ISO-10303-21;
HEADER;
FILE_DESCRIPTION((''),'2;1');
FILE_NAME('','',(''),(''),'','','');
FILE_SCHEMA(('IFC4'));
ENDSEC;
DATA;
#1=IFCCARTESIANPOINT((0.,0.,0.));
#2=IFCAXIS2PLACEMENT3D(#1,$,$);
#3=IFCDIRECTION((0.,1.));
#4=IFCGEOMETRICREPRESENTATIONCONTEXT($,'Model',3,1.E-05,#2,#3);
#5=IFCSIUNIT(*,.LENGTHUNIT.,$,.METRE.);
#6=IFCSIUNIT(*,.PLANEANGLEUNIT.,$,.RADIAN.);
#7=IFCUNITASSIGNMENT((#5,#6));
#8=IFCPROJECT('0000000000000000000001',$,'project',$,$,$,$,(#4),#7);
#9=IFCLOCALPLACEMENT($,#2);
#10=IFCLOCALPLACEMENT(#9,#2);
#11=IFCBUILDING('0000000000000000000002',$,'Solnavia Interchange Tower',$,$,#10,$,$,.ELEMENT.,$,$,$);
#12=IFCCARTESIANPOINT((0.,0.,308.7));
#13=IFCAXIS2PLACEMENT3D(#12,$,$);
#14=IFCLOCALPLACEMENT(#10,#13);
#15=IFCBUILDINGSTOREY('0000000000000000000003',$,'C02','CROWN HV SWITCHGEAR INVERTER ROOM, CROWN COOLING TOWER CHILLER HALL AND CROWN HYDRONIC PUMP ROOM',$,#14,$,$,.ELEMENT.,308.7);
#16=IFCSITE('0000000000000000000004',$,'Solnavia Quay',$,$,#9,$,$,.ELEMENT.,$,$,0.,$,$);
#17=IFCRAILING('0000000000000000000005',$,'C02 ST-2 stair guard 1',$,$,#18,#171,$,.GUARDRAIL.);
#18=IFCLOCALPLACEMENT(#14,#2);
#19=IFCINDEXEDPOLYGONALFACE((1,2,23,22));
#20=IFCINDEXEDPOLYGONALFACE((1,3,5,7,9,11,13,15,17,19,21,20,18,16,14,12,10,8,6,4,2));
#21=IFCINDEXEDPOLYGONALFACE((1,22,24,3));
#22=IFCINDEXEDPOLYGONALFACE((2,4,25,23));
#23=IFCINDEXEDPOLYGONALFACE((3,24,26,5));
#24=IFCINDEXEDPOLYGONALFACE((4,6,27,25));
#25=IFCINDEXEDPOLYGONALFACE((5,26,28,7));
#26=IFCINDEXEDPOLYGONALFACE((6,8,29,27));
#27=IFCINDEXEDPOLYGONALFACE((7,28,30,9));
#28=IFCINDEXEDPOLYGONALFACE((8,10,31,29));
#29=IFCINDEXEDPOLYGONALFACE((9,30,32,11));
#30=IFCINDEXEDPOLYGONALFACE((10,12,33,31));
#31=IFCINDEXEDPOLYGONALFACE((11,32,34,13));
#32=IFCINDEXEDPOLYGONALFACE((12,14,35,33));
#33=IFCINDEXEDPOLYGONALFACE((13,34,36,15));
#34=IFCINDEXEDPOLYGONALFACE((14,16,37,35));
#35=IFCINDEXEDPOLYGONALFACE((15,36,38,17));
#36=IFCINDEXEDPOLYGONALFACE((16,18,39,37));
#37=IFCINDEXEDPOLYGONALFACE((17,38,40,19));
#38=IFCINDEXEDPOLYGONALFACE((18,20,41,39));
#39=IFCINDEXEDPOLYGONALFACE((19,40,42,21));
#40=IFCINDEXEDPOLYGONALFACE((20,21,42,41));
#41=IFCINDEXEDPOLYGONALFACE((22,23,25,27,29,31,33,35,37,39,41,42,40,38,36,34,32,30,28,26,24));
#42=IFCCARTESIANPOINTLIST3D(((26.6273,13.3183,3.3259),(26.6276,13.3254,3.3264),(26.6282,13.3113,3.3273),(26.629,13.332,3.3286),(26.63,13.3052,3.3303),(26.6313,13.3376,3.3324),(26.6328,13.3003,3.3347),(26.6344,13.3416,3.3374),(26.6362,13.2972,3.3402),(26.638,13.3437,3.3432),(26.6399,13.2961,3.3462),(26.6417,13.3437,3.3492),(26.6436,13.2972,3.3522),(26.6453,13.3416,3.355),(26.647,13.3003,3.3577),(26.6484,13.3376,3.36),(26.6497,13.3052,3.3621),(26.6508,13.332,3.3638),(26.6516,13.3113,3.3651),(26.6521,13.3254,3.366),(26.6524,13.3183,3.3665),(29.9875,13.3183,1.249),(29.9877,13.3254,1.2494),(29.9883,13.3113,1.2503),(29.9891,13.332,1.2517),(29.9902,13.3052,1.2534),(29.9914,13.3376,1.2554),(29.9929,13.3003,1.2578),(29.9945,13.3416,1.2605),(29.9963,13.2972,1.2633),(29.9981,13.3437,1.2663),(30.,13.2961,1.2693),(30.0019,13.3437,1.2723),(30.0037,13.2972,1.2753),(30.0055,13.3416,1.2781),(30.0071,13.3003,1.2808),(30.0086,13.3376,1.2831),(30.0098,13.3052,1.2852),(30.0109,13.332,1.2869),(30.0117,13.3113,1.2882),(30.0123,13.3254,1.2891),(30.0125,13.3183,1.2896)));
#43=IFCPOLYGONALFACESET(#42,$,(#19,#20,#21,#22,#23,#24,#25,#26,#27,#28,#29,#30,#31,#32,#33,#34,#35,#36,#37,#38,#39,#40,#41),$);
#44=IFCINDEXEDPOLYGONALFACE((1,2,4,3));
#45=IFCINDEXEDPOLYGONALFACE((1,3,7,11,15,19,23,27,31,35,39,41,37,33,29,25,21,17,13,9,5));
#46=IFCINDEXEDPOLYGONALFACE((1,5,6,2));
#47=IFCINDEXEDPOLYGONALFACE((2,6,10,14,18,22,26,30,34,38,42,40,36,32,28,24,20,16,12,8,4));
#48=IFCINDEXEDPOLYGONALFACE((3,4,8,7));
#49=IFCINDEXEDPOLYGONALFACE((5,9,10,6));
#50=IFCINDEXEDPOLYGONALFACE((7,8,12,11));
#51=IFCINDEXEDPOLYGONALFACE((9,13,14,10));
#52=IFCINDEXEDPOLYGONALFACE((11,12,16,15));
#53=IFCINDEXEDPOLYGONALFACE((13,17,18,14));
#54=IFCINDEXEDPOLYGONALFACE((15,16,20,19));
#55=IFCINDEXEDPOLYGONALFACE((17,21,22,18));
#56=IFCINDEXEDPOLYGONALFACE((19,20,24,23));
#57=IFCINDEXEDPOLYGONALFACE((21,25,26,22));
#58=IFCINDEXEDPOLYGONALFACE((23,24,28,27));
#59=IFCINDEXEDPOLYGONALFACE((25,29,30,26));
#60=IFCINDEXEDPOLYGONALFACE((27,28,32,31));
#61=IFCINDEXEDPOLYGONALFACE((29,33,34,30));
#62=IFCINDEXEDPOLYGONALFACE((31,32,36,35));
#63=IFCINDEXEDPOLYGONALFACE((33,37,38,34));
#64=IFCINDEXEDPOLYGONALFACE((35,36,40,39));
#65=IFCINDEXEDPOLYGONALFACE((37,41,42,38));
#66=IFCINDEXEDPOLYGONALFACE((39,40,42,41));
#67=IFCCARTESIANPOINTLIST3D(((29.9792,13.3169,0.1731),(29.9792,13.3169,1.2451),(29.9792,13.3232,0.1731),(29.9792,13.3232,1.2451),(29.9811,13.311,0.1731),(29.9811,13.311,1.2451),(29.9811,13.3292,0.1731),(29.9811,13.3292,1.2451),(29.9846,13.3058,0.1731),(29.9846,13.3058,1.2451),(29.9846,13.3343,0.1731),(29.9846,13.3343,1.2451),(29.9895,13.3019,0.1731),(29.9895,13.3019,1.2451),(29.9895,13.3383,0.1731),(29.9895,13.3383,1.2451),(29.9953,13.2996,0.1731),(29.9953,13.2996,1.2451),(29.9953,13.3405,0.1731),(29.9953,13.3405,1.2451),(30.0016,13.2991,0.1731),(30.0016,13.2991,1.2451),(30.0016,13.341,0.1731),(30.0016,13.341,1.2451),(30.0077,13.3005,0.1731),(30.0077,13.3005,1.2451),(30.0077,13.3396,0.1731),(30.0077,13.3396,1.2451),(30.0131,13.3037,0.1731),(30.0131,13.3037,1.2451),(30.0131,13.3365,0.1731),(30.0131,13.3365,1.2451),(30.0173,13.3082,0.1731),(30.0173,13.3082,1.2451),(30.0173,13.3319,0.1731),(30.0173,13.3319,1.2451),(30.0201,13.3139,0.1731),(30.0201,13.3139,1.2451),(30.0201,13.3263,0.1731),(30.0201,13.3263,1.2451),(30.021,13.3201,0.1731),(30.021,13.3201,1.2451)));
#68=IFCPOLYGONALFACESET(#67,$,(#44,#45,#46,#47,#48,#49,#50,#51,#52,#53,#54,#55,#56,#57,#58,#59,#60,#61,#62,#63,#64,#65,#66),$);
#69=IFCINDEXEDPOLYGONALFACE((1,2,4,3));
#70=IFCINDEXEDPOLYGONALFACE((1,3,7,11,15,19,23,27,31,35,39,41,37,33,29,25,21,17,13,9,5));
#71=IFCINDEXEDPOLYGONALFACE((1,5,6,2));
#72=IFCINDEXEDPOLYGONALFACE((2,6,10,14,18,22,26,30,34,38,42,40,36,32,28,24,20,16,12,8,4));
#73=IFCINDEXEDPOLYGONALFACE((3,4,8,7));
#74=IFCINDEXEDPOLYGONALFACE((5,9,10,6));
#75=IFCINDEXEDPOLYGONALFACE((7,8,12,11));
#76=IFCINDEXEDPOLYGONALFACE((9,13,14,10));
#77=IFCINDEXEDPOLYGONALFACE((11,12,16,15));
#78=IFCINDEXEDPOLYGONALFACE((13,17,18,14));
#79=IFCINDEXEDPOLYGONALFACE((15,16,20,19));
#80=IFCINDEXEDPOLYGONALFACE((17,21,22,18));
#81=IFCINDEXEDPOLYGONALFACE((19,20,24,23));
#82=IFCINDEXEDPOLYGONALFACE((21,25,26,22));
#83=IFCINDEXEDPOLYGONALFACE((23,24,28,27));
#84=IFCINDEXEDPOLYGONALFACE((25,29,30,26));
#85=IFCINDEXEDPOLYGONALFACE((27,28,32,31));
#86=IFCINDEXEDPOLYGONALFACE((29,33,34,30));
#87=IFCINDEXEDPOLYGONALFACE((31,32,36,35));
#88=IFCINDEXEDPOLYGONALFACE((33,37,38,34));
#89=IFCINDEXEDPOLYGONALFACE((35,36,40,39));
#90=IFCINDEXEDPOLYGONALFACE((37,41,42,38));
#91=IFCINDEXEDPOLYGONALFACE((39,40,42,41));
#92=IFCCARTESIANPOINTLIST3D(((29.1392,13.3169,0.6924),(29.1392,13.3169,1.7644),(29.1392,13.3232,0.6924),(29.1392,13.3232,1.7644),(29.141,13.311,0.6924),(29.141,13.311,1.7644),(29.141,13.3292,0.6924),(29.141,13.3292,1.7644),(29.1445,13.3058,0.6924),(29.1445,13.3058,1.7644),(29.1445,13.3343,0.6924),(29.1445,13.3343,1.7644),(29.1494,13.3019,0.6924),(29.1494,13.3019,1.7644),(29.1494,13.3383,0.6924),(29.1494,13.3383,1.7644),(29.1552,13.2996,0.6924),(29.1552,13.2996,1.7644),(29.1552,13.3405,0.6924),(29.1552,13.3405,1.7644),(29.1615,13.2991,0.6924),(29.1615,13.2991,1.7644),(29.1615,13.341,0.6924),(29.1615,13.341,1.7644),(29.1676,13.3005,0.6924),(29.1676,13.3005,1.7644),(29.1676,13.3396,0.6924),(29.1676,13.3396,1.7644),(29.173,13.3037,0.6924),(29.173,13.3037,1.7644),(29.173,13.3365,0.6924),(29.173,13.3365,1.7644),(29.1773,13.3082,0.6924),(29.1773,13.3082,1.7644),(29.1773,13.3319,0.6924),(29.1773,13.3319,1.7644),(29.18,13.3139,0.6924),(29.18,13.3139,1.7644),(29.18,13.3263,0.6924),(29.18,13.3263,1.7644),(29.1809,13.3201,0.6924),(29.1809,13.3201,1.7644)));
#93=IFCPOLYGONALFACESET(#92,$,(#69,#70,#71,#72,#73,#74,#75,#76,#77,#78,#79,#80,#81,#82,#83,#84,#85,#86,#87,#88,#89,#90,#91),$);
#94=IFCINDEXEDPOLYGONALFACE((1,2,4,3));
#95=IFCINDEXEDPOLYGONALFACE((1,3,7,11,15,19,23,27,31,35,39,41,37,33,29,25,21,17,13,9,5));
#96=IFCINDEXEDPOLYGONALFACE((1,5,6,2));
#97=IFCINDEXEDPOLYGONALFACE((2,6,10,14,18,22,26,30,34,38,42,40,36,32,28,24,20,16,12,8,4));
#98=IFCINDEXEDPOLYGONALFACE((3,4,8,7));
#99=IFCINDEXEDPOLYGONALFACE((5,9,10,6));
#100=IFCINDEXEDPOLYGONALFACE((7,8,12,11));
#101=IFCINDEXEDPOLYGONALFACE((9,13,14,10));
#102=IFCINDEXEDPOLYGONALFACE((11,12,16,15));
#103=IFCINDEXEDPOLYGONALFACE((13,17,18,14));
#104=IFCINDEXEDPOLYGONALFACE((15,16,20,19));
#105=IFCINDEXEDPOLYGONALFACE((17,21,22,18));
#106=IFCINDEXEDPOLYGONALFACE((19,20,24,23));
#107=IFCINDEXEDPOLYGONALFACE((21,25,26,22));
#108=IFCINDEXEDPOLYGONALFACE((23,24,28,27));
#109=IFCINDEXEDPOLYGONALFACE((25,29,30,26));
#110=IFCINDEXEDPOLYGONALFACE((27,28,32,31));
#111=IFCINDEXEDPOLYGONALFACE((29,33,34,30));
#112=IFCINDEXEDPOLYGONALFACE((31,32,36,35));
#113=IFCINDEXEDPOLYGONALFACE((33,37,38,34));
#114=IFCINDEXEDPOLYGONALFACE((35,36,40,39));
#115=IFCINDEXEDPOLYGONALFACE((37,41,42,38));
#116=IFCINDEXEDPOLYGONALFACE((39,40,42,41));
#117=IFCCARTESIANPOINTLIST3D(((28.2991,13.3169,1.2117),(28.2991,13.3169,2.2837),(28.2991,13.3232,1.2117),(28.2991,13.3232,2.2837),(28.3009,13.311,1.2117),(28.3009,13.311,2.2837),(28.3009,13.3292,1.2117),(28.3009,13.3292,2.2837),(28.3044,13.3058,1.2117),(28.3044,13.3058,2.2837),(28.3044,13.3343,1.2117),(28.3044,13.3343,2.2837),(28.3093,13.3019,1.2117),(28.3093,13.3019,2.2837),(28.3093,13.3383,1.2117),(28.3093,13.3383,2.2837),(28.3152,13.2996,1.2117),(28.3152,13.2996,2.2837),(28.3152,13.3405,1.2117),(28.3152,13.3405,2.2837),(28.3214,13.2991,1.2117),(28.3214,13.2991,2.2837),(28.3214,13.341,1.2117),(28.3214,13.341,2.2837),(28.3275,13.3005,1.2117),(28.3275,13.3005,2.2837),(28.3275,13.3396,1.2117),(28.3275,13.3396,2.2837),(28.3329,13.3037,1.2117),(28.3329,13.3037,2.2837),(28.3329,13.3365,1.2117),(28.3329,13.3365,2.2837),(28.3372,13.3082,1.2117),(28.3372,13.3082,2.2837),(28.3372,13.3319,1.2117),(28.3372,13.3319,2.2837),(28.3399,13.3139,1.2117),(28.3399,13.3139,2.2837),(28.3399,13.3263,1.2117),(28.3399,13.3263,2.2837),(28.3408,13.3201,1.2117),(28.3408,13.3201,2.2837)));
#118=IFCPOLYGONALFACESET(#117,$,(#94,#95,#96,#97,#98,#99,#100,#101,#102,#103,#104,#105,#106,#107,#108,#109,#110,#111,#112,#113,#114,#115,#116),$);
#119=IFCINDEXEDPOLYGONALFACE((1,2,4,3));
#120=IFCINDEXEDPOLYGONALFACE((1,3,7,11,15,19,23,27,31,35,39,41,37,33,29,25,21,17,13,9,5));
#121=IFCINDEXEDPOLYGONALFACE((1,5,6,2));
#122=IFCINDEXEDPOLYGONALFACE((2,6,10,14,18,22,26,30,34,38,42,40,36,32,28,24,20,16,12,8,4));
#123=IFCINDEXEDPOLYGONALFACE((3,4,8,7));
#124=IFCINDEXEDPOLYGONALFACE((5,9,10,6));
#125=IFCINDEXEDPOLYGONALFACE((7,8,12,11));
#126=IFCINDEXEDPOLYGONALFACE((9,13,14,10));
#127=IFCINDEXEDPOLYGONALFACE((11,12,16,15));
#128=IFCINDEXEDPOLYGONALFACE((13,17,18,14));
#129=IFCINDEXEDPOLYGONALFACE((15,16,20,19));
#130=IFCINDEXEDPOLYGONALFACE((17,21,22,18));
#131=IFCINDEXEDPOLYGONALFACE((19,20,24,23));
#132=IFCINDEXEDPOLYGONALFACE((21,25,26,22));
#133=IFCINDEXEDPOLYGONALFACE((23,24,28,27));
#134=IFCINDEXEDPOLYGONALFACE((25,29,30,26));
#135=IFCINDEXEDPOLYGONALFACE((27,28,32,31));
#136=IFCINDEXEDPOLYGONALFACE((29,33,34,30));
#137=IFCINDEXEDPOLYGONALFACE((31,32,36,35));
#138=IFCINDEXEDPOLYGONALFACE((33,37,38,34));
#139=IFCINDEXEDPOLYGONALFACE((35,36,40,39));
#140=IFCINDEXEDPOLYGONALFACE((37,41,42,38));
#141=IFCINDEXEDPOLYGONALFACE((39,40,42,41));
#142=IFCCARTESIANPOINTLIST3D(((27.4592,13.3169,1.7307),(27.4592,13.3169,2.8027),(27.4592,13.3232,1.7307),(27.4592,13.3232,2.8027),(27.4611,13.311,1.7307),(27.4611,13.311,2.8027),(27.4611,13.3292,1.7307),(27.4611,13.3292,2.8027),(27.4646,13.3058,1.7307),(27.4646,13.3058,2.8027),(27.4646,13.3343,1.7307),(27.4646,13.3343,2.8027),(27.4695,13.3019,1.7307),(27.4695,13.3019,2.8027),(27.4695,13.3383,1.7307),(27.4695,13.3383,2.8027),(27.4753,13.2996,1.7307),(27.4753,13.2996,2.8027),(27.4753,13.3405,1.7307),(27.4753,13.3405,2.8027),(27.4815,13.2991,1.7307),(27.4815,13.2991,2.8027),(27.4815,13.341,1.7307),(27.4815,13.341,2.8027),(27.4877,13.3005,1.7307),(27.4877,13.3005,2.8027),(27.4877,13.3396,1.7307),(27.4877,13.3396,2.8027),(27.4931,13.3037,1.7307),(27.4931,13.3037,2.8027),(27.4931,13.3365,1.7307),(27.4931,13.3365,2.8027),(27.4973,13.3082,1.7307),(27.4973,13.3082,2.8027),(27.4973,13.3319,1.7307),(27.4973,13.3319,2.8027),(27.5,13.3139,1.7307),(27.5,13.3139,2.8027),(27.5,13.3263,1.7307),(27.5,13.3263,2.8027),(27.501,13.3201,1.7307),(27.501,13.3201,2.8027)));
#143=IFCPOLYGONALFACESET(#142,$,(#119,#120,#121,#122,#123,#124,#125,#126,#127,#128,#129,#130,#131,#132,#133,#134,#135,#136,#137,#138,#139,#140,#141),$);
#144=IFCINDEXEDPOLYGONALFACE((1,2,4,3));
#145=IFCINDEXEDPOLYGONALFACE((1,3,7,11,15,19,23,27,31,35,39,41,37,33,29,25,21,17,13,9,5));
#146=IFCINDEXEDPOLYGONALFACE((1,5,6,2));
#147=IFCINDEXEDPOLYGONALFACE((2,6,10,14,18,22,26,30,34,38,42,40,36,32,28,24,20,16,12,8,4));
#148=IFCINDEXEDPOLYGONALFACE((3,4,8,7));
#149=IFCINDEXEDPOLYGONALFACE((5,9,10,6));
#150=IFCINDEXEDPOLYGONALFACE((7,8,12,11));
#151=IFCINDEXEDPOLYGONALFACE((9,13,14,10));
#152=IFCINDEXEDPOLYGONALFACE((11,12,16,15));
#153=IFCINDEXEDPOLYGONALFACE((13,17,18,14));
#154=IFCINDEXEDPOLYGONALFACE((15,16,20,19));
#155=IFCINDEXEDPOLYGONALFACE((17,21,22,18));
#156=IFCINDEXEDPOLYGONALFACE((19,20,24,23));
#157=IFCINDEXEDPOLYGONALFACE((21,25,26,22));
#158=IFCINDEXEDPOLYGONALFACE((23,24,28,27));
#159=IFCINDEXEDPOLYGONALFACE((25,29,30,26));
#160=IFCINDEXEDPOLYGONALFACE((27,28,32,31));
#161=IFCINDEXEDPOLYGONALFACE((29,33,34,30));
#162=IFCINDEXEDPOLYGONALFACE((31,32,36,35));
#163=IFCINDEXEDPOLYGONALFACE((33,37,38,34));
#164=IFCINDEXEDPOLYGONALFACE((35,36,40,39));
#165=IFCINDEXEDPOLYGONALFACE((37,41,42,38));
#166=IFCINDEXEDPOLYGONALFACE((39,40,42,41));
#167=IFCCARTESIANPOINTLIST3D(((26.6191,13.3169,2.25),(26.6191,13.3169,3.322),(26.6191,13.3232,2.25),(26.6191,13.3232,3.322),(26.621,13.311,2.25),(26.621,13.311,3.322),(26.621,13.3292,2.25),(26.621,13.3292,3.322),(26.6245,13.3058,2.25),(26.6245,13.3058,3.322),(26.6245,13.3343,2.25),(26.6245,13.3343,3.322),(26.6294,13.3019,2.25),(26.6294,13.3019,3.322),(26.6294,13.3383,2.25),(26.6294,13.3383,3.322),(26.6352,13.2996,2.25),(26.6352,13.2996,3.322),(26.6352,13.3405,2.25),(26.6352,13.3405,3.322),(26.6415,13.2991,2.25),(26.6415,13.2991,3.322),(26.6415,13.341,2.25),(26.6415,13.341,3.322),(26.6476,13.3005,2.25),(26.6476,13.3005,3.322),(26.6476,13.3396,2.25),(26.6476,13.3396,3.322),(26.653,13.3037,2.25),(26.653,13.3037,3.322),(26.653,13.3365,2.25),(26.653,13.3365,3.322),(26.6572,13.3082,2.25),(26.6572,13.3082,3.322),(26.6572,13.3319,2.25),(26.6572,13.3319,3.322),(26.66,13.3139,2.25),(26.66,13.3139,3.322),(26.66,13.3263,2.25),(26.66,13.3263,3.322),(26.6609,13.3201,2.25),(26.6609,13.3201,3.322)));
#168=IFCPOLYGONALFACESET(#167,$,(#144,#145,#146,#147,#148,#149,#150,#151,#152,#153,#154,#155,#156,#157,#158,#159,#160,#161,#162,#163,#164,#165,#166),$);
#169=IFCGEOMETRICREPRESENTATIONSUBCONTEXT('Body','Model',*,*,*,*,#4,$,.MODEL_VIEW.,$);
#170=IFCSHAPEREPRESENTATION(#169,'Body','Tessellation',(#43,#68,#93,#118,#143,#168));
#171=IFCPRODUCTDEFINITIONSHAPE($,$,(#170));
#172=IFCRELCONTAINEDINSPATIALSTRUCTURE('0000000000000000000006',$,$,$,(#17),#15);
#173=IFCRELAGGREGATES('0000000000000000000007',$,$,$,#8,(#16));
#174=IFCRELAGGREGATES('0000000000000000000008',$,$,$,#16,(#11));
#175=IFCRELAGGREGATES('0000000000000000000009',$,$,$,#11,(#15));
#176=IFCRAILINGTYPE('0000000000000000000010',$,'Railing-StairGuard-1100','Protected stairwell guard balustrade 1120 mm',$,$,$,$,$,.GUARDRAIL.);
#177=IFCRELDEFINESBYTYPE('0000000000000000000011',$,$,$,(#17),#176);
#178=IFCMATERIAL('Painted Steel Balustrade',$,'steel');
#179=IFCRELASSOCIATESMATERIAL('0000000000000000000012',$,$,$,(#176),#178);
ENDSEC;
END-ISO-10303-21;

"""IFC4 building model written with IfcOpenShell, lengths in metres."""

from ifc_helpers import new_model, si_unit, direction, frame, origin, origin_2d, place, context, subcontext, project, spatial, circle, extrude, material, type_object, element, save


model = new_model("IFC4")

# Units and contexts
model_context = context("Model", 3, precision=1e-05, world=origin(), true_north=direction((0.0, 1.0)))
body_context = subcontext(model_context, "Body", "Model", "MODEL_VIEW")
ifc_project = project(units=[si_unit("LENGTHUNIT", "METRE"), si_unit("PLANEANGLEUNIT", "RADIAN")], contexts=[model_context])

# Site, building, storey
site_placement = place(None, origin())
site = spatial("IfcSite", under=ifc_project, at=site_placement, Name="Solnavia Quay", CompositionType="ELEMENT", RefElevation=0.0)
building_placement = place(site_placement, origin())
building = spatial("IfcBuilding", under=site, at=building_placement, Name="Solnavia Interchange Tower", CompositionType="ELEMENT")
storey_placement = place(building_placement, frame((0.0, 0.0, 308.7)))
storey = spatial("IfcBuildingStorey", under=building, at=storey_placement, Name="C02", Description="CROWN HV SWITCHGEAR INVERTER ROOM, CROWN COOLING TOWER CHILLER HALL AND CROWN HYDRONIC PUMP ROOM", CompositionType="ELEMENT", Elevation=308.7)

# Railing
ifc_material_1 = material(Name="Painted Steel Balustrade", Category="steel")
railing_type_1 = type_object("IfcRailingType", Name="Railing-StairGuard-1100", Description="Protected stairwell guard balustrade 1120 mm", PredefinedType="GUARDRAIL", material=ifc_material_1)
railing_1_placement = place(storey_placement, frame((30.0, 13.3201, 0.1731)))
element("IfcRailing", 1, at=railing_1_placement, inside=storey, type_object=railing_type_1, Name="C02 ST-2 stair guard 1", PredefinedType="GUARDRAIL", context=body_context, shape_type="SweptSolid", body=[
    extrude(circle(Radius=0.0239, at=origin_2d()), frame((0.0, 0.0, 1.0962), z_axis=(-0.850623, 0.0, 0.525776), x_axis=(0.0, -1.0, 0.0)), (0.0, 0.0, 1.0), 3.9502),
    extrude(circle(Radius=0.021, at=origin_2d()), origin(), (0.0, 0.0, 1.0), 1.072),
    extrude(circle(Radius=0.021, at=origin_2d()), frame((-0.8401, 0.0, 0.5193)), (0.0, 0.0, 1.0), 1.072),
    extrude(circle(Radius=0.021, at=origin_2d()), frame((-1.6802, 0.0, 1.0386)), (0.0, 0.0, 1.0), 1.072),
    extrude(circle(Radius=0.021, at=origin_2d()), frame((-2.52, 0.0, 1.5576)), (0.0, 0.0, 1.0), 1.072),
    extrude(circle(Radius=0.021, at=origin_2d()), frame((-3.3601, 0.0, 2.0769)), (0.0, 0.0, 1.0), 1.072),
])

save(model, "model.ifc")
